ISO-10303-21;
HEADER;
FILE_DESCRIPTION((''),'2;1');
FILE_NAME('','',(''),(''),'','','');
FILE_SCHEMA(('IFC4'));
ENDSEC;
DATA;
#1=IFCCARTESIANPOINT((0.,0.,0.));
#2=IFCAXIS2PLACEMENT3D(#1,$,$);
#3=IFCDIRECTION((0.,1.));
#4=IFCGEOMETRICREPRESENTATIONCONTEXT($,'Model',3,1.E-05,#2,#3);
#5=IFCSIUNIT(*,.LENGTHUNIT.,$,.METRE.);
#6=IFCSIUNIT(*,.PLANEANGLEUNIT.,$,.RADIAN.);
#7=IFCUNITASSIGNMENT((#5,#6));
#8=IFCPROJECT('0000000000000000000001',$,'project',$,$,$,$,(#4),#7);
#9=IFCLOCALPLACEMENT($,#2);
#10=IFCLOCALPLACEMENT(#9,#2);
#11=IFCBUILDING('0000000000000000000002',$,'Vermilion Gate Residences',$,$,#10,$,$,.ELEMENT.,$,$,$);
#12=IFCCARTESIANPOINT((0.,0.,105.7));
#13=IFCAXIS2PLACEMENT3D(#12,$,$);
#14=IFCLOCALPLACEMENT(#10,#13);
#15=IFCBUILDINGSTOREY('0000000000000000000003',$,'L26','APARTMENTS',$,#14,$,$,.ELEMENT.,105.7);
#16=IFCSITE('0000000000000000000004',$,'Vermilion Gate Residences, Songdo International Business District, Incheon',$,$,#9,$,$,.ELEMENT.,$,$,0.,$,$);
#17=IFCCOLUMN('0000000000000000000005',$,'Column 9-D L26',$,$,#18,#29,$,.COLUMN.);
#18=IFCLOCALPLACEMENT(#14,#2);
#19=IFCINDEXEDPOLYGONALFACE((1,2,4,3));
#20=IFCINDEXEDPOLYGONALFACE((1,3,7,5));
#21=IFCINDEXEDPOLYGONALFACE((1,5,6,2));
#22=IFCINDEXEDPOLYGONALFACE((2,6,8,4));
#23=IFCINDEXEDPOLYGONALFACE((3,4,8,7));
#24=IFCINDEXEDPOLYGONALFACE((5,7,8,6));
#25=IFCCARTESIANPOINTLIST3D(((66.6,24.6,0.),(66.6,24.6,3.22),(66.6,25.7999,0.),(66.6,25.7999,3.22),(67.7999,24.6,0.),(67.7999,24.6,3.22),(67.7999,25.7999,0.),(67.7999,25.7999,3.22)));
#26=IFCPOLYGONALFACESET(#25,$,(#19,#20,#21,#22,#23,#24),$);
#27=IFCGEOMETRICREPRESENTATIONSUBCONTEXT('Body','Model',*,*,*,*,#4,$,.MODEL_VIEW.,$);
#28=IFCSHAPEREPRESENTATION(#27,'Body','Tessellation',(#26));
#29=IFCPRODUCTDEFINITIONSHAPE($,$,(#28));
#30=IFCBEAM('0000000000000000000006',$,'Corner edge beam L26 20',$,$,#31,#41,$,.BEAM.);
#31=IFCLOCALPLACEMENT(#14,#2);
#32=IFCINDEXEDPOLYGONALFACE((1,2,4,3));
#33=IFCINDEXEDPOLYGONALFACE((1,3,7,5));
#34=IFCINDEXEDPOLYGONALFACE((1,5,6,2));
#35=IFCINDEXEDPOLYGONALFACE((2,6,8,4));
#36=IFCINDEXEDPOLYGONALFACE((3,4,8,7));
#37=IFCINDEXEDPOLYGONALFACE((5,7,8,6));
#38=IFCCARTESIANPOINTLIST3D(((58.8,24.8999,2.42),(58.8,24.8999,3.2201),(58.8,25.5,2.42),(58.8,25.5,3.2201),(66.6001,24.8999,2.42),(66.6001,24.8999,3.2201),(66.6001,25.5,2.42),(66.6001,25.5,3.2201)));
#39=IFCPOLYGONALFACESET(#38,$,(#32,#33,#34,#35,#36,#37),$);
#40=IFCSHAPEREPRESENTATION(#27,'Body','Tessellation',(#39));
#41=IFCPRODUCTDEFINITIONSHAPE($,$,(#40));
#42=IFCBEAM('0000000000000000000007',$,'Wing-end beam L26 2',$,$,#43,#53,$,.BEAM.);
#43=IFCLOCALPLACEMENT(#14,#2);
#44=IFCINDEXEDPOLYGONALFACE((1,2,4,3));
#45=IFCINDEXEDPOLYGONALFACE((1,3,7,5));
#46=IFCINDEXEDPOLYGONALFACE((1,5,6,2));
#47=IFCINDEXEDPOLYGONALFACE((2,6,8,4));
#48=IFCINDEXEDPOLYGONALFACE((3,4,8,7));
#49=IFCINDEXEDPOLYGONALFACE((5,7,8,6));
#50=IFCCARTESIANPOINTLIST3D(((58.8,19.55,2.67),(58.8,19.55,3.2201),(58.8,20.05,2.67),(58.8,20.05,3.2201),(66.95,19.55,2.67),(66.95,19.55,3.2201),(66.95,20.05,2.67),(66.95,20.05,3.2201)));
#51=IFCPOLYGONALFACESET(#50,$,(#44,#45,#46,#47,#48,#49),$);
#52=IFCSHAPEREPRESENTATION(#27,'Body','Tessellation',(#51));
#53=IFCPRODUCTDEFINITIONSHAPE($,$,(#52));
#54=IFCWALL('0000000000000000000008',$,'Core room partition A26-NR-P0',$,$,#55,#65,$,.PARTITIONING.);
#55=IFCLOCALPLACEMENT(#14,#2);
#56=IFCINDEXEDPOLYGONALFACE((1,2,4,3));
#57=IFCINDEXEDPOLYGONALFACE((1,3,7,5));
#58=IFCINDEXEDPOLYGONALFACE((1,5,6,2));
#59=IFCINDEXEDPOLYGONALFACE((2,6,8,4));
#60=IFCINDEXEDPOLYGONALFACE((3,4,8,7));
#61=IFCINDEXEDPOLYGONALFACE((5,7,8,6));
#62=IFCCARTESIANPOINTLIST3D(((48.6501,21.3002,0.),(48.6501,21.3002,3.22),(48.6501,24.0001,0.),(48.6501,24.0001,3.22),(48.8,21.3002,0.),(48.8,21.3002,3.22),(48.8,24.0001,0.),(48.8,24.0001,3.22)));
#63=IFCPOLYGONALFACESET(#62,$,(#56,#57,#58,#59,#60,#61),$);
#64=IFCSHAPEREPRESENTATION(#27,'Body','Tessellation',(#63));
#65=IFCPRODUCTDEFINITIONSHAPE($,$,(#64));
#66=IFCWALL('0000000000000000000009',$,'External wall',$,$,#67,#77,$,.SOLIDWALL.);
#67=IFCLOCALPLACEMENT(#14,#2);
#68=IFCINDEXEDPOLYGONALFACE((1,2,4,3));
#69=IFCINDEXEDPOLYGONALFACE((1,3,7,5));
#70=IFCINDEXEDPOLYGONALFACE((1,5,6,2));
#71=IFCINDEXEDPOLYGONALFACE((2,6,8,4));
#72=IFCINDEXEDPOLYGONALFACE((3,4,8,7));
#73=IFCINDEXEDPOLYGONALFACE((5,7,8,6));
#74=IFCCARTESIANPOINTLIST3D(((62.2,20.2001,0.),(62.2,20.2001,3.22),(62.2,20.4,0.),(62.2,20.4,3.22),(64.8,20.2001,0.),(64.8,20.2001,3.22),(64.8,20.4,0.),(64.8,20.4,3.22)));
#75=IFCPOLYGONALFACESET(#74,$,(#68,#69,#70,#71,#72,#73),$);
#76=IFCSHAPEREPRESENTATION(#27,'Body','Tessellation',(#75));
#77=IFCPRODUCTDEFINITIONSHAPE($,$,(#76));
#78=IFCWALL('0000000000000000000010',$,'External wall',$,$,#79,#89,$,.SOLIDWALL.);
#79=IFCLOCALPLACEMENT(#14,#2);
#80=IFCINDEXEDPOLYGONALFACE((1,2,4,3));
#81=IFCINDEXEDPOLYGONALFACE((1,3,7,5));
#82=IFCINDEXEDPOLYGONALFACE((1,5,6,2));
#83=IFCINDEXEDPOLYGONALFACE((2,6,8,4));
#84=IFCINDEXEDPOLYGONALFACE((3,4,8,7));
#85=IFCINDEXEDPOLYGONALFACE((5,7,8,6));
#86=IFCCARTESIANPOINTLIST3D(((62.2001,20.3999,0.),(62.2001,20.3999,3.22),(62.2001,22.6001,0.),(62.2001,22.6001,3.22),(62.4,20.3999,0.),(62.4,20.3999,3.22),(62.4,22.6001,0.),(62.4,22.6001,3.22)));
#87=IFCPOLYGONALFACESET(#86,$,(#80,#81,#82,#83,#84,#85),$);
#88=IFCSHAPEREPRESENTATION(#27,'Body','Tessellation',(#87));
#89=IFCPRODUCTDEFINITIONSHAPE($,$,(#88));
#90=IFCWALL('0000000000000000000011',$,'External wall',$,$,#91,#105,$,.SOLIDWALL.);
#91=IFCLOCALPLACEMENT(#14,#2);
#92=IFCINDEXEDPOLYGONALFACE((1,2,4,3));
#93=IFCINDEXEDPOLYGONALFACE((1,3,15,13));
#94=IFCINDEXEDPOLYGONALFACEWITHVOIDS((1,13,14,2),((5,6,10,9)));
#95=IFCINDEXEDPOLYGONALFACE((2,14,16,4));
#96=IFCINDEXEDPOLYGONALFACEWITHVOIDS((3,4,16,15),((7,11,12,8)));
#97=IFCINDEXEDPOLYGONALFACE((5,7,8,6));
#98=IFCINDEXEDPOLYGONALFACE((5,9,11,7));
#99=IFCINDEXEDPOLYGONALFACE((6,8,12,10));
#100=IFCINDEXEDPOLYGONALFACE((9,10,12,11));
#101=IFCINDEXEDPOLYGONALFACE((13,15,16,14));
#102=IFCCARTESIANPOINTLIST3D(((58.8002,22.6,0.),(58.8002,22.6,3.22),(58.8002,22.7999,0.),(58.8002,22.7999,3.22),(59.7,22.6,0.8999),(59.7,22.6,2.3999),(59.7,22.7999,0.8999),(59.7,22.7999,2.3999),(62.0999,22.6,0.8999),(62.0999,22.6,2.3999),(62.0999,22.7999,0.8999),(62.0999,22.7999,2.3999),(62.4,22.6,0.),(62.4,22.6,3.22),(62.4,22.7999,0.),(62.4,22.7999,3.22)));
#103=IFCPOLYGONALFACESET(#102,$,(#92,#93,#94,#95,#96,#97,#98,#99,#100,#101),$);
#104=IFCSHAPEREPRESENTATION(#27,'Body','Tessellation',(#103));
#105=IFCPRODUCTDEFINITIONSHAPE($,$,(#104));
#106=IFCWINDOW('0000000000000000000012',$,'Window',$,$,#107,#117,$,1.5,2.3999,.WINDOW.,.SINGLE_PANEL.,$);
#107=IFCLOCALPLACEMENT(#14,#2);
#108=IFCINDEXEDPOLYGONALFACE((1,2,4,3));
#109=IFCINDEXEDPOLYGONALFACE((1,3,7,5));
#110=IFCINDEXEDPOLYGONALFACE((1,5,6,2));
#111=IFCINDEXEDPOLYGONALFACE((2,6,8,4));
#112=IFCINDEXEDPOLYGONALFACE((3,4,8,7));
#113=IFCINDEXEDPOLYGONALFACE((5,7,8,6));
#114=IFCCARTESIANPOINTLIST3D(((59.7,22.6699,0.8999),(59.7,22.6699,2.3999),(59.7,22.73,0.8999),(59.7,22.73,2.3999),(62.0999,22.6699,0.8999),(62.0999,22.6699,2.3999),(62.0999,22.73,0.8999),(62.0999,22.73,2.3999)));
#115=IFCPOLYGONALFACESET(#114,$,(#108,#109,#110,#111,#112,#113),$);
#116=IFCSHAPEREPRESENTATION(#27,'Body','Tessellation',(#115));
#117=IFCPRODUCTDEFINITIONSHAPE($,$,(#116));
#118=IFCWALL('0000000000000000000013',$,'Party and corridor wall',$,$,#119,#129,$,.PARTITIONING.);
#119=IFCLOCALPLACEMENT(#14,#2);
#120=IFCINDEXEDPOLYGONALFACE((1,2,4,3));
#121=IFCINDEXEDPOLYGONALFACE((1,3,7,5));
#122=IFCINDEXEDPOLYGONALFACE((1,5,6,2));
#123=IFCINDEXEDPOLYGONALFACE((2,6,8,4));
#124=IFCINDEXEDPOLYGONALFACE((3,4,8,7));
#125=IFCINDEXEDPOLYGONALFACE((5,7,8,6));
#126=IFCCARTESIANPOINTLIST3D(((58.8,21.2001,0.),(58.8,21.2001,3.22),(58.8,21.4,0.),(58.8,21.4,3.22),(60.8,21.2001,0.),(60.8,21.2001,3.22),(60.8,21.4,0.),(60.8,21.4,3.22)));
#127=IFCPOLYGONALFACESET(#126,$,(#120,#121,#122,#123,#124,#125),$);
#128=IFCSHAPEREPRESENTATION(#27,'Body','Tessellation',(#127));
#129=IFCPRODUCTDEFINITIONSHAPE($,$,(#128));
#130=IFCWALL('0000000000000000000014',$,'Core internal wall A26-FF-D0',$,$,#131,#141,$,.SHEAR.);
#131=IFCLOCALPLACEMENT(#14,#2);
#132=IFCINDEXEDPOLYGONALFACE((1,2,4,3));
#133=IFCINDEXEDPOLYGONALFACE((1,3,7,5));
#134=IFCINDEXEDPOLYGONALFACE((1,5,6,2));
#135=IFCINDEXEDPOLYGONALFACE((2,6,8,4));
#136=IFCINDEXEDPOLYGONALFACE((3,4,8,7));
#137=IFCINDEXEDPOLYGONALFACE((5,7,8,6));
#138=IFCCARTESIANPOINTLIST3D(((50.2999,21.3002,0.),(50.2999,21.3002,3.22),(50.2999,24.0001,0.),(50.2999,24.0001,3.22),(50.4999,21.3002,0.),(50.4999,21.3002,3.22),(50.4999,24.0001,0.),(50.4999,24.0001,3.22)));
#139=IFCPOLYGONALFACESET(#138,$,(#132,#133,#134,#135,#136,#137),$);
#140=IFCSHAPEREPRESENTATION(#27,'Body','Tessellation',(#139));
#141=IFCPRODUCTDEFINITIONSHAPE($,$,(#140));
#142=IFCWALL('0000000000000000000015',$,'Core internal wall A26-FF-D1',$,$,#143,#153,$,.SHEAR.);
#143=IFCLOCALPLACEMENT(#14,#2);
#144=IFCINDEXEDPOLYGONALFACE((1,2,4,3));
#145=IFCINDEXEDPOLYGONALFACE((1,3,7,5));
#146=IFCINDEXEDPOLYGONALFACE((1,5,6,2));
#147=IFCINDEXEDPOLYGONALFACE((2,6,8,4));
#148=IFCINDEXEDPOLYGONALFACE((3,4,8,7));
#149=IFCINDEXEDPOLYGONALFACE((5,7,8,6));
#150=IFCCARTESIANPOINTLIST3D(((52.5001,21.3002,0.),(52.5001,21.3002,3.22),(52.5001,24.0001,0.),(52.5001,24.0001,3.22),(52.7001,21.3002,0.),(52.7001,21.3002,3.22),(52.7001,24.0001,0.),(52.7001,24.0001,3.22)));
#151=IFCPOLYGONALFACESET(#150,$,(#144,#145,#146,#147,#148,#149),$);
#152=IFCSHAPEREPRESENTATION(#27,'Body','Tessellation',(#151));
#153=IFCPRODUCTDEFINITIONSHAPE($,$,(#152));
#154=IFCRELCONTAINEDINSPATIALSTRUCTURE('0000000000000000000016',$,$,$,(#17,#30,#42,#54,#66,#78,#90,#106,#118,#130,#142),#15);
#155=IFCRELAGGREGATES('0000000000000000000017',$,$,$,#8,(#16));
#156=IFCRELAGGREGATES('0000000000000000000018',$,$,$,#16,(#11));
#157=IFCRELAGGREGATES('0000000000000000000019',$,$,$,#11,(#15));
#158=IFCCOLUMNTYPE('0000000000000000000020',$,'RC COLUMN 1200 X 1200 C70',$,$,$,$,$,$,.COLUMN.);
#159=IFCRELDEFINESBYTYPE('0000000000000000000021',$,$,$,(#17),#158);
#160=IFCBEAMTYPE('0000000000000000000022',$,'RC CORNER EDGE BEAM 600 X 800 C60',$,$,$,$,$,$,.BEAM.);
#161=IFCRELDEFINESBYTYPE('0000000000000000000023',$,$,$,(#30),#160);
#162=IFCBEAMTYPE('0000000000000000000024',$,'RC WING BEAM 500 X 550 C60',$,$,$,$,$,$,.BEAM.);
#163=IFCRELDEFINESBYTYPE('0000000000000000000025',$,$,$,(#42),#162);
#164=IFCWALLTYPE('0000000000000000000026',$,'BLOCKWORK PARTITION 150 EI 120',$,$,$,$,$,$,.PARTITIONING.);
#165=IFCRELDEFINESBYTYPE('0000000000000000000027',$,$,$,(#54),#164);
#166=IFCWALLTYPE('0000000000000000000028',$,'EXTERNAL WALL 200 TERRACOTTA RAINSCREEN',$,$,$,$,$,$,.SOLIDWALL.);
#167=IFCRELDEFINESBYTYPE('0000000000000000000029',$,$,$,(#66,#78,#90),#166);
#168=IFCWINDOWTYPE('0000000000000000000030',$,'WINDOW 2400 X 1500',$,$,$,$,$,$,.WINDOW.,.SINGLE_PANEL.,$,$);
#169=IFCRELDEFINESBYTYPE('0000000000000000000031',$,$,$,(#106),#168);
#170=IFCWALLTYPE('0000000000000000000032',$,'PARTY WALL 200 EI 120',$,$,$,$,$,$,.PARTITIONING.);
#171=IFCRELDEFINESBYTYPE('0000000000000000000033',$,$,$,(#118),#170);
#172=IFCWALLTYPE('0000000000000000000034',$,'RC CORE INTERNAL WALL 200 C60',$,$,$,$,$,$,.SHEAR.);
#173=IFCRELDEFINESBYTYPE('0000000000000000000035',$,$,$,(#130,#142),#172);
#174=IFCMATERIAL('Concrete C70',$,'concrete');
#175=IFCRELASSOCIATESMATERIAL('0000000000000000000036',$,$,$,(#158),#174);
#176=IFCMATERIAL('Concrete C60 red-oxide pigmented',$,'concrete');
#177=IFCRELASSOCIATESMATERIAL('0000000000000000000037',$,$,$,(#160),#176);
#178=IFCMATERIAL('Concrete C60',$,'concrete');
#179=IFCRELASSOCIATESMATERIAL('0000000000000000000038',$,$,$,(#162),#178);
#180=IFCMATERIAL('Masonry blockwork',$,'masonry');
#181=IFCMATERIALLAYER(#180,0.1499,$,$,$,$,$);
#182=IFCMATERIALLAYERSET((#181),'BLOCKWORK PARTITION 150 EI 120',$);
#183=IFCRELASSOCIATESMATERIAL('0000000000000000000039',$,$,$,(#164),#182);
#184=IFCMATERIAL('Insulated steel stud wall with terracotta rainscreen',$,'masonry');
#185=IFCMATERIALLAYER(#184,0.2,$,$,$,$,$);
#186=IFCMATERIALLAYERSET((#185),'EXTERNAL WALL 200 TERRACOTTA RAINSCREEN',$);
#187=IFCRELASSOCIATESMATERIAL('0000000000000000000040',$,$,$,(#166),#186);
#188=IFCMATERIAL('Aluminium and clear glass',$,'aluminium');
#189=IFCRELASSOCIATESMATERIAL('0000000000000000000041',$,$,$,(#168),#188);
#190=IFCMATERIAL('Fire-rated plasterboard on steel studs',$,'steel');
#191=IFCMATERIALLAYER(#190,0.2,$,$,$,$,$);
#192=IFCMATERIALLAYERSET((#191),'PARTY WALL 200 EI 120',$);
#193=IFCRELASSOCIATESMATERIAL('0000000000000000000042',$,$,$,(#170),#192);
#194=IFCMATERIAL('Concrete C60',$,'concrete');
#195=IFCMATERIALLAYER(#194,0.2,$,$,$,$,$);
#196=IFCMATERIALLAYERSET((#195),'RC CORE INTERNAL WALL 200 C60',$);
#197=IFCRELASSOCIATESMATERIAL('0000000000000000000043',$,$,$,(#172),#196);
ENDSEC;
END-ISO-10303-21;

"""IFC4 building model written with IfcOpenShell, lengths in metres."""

from ifc_helpers import new_model, si_unit, direction, frame, frame_2d, origin, origin_2d, place, context, subcontext, project, spatial, rectangle, extrude, material, layer, layer_set, material_profile, profile_set, type_object, element, fill, save


model = new_model("IFC4")

# Units and contexts
model_context = context("Model", 3, precision=1e-05, world=origin(), true_north=direction((0.0, 1.0)))
body_context = subcontext(model_context, "Body", "Model", "MODEL_VIEW")
ifc_project = project(units=[si_unit("LENGTHUNIT", "METRE"), si_unit("PLANEANGLEUNIT", "RADIAN")], contexts=[model_context])

# Site, building, storey
site_placement = place(None, origin())
site = spatial("IfcSite", under=ifc_project, at=site_placement, Name="Vermilion Gate Residences, Songdo International Business District, Incheon", CompositionType="ELEMENT", RefElevation=0.0)
building_placement = place(site_placement, origin())
building = spatial("IfcBuilding", under=site, at=building_placement, Name="Vermilion Gate Residences", CompositionType="ELEMENT")
storey_placement = place(building_placement, frame((0.0, 0.0, 105.7)))
storey = spatial("IfcBuildingStorey", under=building, at=storey_placement, Name="L26", Description="APARTMENTS", CompositionType="ELEMENT", Elevation=105.7)

# Column
ifc_material_1 = material(Name="Concrete C70", Category="concrete")
ifc_material_profile_1 = material_profile(ifc_material_1, rectangle(XDim=1.2, YDim=1.2, at=origin_2d()), Name="RC-1200x1200")
ifc_profile_set_1 = profile_set([ifc_material_profile_1], Name="Concrete C70")
column_type = type_object("IfcColumnType", Name="RC COLUMN 1200 X 1200 C70", PredefinedType="COLUMN", material=ifc_profile_set_1)
column_placement = place(storey_placement, frame((67.2, 25.2, 0.0), z_axis=(0.0, 0.0, 1.0), x_axis=(1.0, 0.0, 0.0)))
element("IfcColumn", 1, at=column_placement, inside=storey, type_object=column_type, Name="Column 9-D L26", PredefinedType="COLUMN", context=body_context, shape_type="SweptSolid", body=[
    extrude(rectangle(XDim=1.2, YDim=1.2, at=origin_2d()), origin(), (0.0, 0.0, 1.0), 3.22),
])

# Beams
ifc_material_2 = material(Name="Concrete C60 red-oxide pigmented", Category="concrete")
ifc_material_profile_2 = material_profile(ifc_material_2, rectangle(XDim=0.6001, YDim=0.8, at=origin_2d()), Name="RC-600x800")
ifc_profile_set_2 = profile_set([ifc_material_profile_2], Name="Concrete C60 red-oxide pigmented")
beam_type_1 = type_object("IfcBeamType", Name="RC CORNER EDGE BEAM 600 X 800 C60", PredefinedType="BEAM", material=ifc_profile_set_2)
beam_1_placement = place(storey_placement, frame((58.8, 25.2, 2.8201), z_axis=(1.0, 0.0, 0.0), x_axis=(0.0, 1.0, 0.0)))
element("IfcBeam", 2, at=beam_1_placement, inside=storey, type_object=beam_type_1, Name="Corner edge beam L26 20", PredefinedType="BEAM", context=body_context, shape_type="SweptSolid", body=[
    extrude(rectangle(XDim=0.6001, YDim=0.8, at=origin_2d()), origin(), (0.0, 0.0, 1.0), 7.8),
])
ifc_material_3 = material(Name="Concrete C60", Category="concrete")
ifc_material_profile_3 = material_profile(ifc_material_3, rectangle(XDim=0.5, YDim=0.55, at=origin_2d()), Name="RC-500x550")
ifc_profile_set_3 = profile_set([ifc_material_profile_3], Name="Concrete C60")
beam_type_2 = type_object("IfcBeamType", Name="RC WING BEAM 500 X 550 C60", PredefinedType="BEAM", material=ifc_profile_set_3)
beam_2_placement = place(storey_placement, frame((58.8, 19.8, 2.9451), z_axis=(1.0, 0.0, 0.0), x_axis=(0.0, 1.0, 0.0)))
element("IfcBeam", 3, at=beam_2_placement, inside=storey, type_object=beam_type_2, Name="Wing-end beam L26 2", PredefinedType="BEAM", context=body_context, shape_type="SweptSolid", body=[
    extrude(rectangle(XDim=0.5, YDim=0.55, at=origin_2d()), origin(), (0.0, 0.0, 1.0), 8.1499),
])

# Walls
ifc_material_4 = material(Name="Masonry blockwork", Category="masonry")
ifc_layer_1 = layer(ifc_material_4, 0.1499)
ifc_layer_set_1 = layer_set([ifc_layer_1], Name="BLOCKWORK PARTITION 150 EI 120")
wall_type_1 = type_object("IfcWallType", Name="BLOCKWORK PARTITION 150 EI 120", PredefinedType="PARTITIONING", material=ifc_layer_set_1)
wall_1_placement = place(storey_placement, frame((48.7251, 21.3, 0.0), z_axis=(0.0, 0.0, 1.0), x_axis=(0.0, 1.0, 0.0)))
element("IfcWall", 4, at=wall_1_placement, inside=storey, type_object=wall_type_1, Name="Core room partition A26-NR-P0", PredefinedType="PARTITIONING", context=body_context, shape_type="SweptSolid", body=[
    extrude(rectangle(XDim=2.7, YDim=0.1499, at=frame_2d((1.3501, 0.0))), origin(), (0.0, 0.0, 1.0), 3.22),
])
ifc_material_5 = material(Name="Insulated steel stud wall with terracotta rainscreen", Category="masonry")
ifc_layer_2 = layer(ifc_material_5, 0.2)
ifc_layer_set_2 = layer_set([ifc_layer_2], Name="EXTERNAL WALL 200 TERRACOTTA RAINSCREEN")
wall_type_2 = type_object("IfcWallType", Name="EXTERNAL WALL 200 TERRACOTTA RAINSCREEN", PredefinedType="SOLIDWALL", material=ifc_layer_set_2)
wall_2_placement = place(storey_placement, frame((64.8, 20.3, 0.0), z_axis=(0.0, 0.0, 1.0), x_axis=(-1.0, 0.0, 0.0)))
element("IfcWall", 5, at=wall_2_placement, inside=storey, type_object=wall_type_2, Name="External wall", PredefinedType="SOLIDWALL", context=body_context, shape_type="SweptSolid", body=[
    extrude(rectangle(XDim=2.6001, YDim=0.2, at=frame_2d((1.3, 0.0))), origin(), (0.0, 0.0, 1.0), 3.22),
])
wall_3_placement = place(storey_placement, frame((62.3, 20.3999, 0.0), z_axis=(0.0, 0.0, 1.0), x_axis=(0.0, 1.0, 0.0)))
element("IfcWall", 6, at=wall_3_placement, inside=storey, type_object=wall_type_2, Name="External wall", PredefinedType="SOLIDWALL", context=body_context, shape_type="SweptSolid", body=[
    extrude(rectangle(XDim=2.2002, YDim=0.2, at=frame_2d((1.1001, 0.0))), origin(), (0.0, 0.0, 1.0), 3.22),
])

# Wall, opening, window
wall_4_placement = place(storey_placement, frame((62.3999, 22.7, 0.0), z_axis=(0.0, 0.0, 1.0), x_axis=(-1.0, 0.0, 0.0)))
wall_4 = element("IfcWall", 7, at=wall_4_placement, inside=storey, type_object=wall_type_2, Name="External wall", PredefinedType="SOLIDWALL", context=body_context, shape_type="SweptSolid", body=[
    extrude(rectangle(XDim=3.5999, YDim=0.2, at=frame_2d((1.7998, 0.0))), origin(), (0.0, 0.0, 1.0), 3.22),
])
opening_1_placement = place(wall_4_placement, frame((0.3, 0.0, 0.8999)))
opening_1 = element("IfcOpeningElement", 8, at=opening_1_placement, cuts=wall_4, PredefinedType="OPENING", context=body_context, shape_type="SweptSolid", body=[
    extrude(rectangle(XDim=2.3999, YDim=1.5, at=frame_2d((1.2, 0.75))), frame((0.0, 0.1099, 0.0), z_axis=(0.0, -1.0, 0.0), x_axis=(1.0, 0.0, 0.0)), (0.0, 0.0, 1.0), 0.22),
])
ifc_material_6 = material(Name="Aluminium and clear glass", Category="aluminium")
window_type = type_object("IfcWindowType", Name="WINDOW 2400 X 1500", PartitioningType="SINGLE_PANEL", PredefinedType="WINDOW", material=ifc_material_6)
window_placement = place(opening_1_placement, origin())
window = element("IfcWindow", 9, at=window_placement, inside=storey, type_object=window_type, Name="Window", OverallHeight=1.5, OverallWidth=2.3999, PartitioningType="SINGLE_PANEL", PredefinedType="WINDOW", context=body_context, shape_type="SweptSolid", body=[
    extrude(rectangle(XDim=2.3999, YDim=1.5, at=frame_2d((1.2, 0.75))), frame((0.0, 0.03, 0.0), z_axis=(0.0, -1.0, 0.0), x_axis=(1.0, 0.0, 0.0)), (0.0, 0.0, 1.0), 0.0601),
])
fill(opening_1, window)

# Walls
ifc_material_7 = material(Name="Fire-rated plasterboard on steel studs", Category="steel")
ifc_layer_3 = layer(ifc_material_7, 0.2)
ifc_layer_set_3 = layer_set([ifc_layer_3], Name="PARTY WALL 200 EI 120")
wall_type_3 = type_object("IfcWallType", Name="PARTY WALL 200 EI 120", PredefinedType="PARTITIONING", material=ifc_layer_set_3)
wall_5_placement = place(storey_placement, frame((58.8, 21.3, 0.0), z_axis=(0.0, 0.0, 1.0), x_axis=(1.0, 0.0, 0.0)))
element("IfcWall", 10, at=wall_5_placement, inside=storey, type_object=wall_type_3, Name="Party and corridor wall", PredefinedType="PARTITIONING", context=body_context, shape_type="SweptSolid", body=[
    extrude(rectangle(XDim=2.0, YDim=0.2, at=frame_2d((1.0, 0.0))), origin(), (0.0, 0.0, 1.0), 3.22),
])
ifc_material_8 = material(Name="Concrete C60", Category="concrete")
ifc_layer_4 = layer(ifc_material_8, 0.2)
ifc_layer_set_4 = layer_set([ifc_layer_4], Name="RC CORE INTERNAL WALL 200 C60")
wall_type_4 = type_object("IfcWallType", Name="RC CORE INTERNAL WALL 200 C60", PredefinedType="SHEAR", material=ifc_layer_set_4)
for number, where, z_axis, x_axis, name in (
    (11, (50.3999, 21.3, 0.0), (0.0, 0.0, 1.0), (0.0, 1.0, 0.0), "Core internal wall A26-FF-D0"),
    (12, (52.6001, 21.3, 0.0), (0.0, 0.0, 1.0), (0.0, 1.0, 0.0), "Core internal wall A26-FF-D1"),
):
    element("IfcWall", number, at=place(storey_placement, frame(where, z_axis=z_axis, x_axis=x_axis)), inside=storey, type_object=wall_type_4, Name=name, PredefinedType="SHEAR", context=body_context, shape_type="SweptSolid", body=[
        extrude(rectangle(XDim=2.7, YDim=0.2, at=frame_2d((1.3501, 0.0))), origin(), (0.0, 0.0, 1.0), 3.22),
    ])

save(model, "model.ifc")
